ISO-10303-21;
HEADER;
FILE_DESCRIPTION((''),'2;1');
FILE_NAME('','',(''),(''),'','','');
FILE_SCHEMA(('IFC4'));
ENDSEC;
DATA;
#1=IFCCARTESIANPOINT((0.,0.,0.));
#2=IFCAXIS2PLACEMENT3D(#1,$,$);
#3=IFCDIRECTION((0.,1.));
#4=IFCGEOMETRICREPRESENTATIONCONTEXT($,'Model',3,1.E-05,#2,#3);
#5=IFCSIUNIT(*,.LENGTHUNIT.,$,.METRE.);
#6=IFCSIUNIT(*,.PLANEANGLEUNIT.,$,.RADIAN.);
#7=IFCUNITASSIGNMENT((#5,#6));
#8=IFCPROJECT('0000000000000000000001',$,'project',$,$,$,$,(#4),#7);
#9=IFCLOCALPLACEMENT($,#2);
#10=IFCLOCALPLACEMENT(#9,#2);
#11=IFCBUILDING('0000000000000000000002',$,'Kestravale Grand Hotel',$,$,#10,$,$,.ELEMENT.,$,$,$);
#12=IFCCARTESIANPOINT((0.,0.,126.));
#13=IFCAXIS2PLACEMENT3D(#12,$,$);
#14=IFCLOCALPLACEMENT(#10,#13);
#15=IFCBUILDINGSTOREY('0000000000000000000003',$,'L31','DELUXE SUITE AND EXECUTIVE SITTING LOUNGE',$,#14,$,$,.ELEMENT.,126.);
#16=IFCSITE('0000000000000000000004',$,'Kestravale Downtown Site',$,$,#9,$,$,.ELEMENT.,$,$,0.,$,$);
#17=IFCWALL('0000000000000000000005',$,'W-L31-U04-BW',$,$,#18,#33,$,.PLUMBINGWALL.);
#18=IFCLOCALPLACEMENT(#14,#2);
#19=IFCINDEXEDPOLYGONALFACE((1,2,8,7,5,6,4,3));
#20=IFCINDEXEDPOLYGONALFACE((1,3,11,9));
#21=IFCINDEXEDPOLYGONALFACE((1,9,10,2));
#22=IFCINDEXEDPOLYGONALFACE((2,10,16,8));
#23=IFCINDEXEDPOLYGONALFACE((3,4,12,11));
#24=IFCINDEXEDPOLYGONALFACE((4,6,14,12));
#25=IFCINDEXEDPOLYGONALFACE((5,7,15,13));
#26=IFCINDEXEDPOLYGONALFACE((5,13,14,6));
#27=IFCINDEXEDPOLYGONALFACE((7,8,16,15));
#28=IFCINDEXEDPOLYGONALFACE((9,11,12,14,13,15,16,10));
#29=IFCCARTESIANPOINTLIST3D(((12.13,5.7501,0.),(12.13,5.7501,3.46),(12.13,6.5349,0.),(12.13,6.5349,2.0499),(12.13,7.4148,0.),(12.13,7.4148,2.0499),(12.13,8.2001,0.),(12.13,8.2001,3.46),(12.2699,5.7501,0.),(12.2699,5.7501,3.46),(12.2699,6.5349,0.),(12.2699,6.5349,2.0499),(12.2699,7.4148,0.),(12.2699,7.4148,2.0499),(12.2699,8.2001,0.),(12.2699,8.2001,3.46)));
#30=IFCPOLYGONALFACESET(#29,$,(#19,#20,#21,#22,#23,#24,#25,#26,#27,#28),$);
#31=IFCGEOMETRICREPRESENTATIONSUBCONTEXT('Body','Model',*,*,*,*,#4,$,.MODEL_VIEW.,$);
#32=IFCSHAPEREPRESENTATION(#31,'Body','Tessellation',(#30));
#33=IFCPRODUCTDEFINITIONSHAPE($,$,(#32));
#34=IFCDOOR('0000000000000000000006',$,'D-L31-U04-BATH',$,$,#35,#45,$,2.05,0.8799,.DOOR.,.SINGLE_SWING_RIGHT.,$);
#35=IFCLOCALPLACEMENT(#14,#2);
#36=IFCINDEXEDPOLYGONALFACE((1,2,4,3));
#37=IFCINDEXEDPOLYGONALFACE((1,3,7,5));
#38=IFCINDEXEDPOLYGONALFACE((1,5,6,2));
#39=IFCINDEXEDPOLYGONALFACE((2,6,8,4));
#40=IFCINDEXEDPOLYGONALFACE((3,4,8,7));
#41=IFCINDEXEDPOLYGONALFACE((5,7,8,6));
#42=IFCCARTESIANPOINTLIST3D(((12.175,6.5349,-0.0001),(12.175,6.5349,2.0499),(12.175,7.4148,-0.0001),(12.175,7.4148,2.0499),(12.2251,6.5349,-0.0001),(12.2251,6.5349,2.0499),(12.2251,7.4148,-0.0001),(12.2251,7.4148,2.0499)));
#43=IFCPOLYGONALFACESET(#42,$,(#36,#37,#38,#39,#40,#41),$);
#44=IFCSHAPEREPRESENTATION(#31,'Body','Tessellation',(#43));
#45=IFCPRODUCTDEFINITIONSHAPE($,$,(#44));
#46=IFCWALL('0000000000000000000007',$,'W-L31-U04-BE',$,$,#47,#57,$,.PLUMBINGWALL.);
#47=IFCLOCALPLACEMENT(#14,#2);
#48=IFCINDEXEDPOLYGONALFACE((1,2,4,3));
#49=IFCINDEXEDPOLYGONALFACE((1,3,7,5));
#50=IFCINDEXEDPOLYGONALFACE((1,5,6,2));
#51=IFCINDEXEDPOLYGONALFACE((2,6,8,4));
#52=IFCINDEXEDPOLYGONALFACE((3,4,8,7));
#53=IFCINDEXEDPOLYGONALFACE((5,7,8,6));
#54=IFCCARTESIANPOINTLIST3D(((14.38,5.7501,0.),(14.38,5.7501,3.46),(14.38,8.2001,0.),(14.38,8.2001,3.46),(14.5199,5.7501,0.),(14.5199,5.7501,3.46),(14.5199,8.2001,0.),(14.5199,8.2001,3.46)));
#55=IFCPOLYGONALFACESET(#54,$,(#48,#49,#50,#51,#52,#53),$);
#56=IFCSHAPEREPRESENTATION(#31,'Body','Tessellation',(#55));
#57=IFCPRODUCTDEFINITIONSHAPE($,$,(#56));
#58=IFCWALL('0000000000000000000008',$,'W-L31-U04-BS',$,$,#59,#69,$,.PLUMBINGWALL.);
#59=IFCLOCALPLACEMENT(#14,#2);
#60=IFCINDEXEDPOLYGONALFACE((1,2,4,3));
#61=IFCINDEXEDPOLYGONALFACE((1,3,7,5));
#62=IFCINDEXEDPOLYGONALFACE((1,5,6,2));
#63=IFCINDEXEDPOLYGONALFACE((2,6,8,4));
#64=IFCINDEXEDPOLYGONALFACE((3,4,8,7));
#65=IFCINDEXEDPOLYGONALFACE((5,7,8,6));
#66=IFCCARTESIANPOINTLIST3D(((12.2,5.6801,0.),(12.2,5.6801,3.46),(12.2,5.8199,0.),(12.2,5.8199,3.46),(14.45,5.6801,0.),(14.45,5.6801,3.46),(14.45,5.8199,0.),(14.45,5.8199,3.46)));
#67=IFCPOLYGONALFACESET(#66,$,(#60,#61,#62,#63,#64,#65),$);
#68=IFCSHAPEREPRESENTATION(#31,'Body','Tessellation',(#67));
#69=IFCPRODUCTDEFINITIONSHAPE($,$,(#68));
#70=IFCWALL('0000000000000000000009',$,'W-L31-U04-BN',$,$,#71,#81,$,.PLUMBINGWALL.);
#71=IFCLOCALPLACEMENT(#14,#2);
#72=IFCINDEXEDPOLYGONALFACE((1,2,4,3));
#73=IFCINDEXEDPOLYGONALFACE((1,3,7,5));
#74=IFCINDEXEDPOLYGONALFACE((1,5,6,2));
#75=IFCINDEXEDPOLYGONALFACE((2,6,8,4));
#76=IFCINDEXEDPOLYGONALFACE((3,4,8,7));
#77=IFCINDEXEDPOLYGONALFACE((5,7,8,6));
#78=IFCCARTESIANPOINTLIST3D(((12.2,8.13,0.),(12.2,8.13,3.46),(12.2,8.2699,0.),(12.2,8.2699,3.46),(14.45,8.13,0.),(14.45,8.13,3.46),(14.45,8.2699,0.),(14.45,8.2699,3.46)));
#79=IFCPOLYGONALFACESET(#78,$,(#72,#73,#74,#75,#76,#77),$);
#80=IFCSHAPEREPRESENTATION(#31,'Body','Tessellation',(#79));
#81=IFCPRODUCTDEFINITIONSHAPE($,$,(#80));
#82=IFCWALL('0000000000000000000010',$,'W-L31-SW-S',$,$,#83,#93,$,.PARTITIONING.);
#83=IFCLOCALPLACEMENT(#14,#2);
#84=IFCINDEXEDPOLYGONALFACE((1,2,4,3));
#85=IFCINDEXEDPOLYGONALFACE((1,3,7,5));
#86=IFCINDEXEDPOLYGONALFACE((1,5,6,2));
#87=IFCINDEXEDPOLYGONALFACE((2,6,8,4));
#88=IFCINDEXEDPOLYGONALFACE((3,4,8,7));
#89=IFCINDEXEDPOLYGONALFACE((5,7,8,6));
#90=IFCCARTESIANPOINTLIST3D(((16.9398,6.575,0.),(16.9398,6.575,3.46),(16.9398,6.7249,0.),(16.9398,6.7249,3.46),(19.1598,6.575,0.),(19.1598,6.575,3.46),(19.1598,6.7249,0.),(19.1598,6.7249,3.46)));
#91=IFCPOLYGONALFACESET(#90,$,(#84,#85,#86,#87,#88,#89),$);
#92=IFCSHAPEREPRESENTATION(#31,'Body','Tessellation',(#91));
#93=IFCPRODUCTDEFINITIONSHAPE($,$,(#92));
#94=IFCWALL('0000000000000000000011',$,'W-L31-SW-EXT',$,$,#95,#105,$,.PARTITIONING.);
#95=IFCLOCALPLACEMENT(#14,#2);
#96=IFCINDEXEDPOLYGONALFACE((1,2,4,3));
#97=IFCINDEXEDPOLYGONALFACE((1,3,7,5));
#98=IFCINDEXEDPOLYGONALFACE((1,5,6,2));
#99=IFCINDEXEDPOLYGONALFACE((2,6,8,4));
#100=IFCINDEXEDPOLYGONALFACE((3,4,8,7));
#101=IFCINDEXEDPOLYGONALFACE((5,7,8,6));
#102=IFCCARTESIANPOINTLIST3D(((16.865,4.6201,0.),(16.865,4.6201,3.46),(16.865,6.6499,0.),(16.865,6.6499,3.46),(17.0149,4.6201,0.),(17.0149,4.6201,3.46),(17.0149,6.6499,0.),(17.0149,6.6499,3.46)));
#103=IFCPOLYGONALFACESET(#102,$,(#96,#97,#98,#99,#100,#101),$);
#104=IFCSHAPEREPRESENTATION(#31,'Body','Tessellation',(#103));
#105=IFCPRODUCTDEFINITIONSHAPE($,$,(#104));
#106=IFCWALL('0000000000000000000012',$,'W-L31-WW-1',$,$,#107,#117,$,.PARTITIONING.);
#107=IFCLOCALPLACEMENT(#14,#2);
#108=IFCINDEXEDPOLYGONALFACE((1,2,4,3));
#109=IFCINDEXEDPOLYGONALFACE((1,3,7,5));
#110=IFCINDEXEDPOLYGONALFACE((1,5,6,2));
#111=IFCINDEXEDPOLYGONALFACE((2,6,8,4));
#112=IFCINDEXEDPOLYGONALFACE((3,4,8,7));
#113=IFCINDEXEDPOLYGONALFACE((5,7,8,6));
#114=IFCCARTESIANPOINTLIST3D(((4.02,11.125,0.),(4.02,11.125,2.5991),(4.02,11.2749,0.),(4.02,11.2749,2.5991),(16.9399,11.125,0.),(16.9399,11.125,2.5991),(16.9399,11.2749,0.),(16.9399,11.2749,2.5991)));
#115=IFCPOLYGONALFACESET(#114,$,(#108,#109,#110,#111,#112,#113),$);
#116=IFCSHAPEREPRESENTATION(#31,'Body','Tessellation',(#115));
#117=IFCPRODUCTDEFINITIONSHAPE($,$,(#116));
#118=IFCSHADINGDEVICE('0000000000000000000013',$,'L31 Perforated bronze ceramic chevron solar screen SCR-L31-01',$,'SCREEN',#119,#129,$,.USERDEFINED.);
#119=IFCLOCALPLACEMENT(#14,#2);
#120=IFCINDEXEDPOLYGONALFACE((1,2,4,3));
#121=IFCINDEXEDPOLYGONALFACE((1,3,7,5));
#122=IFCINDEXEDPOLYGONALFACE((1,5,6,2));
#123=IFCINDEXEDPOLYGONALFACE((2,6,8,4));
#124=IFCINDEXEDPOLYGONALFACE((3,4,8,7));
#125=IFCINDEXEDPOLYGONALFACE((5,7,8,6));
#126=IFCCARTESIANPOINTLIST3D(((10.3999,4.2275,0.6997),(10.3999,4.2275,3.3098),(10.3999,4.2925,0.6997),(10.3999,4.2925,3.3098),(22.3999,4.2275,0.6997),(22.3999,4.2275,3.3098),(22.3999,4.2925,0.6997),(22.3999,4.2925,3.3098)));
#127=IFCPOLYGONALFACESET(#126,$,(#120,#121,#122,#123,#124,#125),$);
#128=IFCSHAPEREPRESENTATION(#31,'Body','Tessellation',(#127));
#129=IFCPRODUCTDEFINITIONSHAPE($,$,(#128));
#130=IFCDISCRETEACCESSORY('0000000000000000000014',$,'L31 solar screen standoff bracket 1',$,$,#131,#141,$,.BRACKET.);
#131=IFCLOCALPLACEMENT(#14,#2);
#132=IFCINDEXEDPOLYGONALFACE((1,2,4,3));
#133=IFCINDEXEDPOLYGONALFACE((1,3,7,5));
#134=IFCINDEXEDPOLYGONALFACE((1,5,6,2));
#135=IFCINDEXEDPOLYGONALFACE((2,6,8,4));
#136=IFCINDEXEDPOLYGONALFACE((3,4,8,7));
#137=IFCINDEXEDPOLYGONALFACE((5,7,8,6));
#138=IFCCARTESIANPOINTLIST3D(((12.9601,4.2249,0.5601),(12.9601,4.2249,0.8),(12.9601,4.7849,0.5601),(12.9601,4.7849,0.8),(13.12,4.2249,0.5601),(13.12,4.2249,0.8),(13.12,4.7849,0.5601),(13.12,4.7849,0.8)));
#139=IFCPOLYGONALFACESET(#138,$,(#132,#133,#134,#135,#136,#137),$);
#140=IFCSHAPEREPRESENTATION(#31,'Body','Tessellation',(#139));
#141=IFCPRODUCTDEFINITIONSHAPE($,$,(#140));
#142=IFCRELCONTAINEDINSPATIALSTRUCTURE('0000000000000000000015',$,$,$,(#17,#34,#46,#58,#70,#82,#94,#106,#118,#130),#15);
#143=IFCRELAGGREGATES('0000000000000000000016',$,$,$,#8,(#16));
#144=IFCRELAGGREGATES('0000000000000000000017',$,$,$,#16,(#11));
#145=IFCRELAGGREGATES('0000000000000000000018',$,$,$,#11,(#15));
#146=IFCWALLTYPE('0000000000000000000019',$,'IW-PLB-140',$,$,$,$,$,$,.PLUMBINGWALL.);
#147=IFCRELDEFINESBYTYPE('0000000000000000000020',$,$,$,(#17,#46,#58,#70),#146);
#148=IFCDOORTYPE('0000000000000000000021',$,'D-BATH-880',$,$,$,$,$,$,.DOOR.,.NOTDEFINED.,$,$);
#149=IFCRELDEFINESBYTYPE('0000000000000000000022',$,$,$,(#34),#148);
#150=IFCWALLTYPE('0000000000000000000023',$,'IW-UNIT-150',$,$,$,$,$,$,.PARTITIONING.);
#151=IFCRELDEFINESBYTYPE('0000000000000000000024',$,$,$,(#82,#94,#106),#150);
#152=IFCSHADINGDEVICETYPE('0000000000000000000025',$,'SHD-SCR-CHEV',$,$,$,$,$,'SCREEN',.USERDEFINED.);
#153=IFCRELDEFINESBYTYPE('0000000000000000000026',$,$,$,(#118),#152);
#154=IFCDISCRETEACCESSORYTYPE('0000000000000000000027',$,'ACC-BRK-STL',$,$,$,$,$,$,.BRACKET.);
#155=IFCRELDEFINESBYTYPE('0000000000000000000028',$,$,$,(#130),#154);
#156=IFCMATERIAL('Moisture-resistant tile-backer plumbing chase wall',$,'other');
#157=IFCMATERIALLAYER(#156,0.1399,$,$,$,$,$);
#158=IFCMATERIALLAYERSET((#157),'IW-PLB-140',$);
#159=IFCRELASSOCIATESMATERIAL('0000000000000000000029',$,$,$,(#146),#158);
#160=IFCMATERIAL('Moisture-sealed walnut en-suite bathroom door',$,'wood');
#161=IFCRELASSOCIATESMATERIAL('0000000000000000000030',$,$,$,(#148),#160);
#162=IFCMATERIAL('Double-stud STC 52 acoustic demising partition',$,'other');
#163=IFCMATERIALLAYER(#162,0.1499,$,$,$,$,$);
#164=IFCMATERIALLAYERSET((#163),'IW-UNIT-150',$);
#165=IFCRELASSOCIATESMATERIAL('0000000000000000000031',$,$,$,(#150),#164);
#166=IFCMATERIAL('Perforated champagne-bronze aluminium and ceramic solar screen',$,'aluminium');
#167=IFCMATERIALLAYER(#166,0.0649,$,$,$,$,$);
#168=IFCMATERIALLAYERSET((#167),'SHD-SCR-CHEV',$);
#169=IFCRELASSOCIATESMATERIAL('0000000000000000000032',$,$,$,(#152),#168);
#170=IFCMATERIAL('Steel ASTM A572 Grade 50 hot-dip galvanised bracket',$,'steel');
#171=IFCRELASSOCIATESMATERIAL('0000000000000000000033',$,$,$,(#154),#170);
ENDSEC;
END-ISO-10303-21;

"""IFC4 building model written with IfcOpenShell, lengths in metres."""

from ifc_helpers import new_model, si_unit, direction, frame, frame_2d, origin, origin_2d, place, context, subcontext, project, spatial, rectangle, extrude, material, layer, layer_set, type_object, element, fill, save


model = new_model("IFC4")

# Units and contexts
model_context = context("Model", 3, precision=1e-05, world=origin(), true_north=direction((0.0, 1.0)))
body_context = subcontext(model_context, "Body", "Model", "MODEL_VIEW")
ifc_project = project(units=[si_unit("LENGTHUNIT", "METRE"), si_unit("PLANEANGLEUNIT", "RADIAN")], contexts=[model_context])

# Site, building, storey
site_placement = place(None, origin())
site = spatial("IfcSite", under=ifc_project, at=site_placement, Name="Kestravale Downtown Site", CompositionType="ELEMENT", RefElevation=0.0)
building_placement = place(site_placement, origin())
building = spatial("IfcBuilding", under=site, at=building_placement, Name="Kestravale Grand Hotel", CompositionType="ELEMENT")
storey_placement = place(building_placement, frame((0.0, 0.0, 126.0)))
storey = spatial("IfcBuildingStorey", under=building, at=storey_placement, Name="L31", Description="DELUXE SUITE AND EXECUTIVE SITTING LOUNGE", CompositionType="ELEMENT", Elevation=126.0)

# Wall, opening, door
ifc_material_1 = material(Name="Moisture-resistant tile-backer plumbing chase wall", Category="other")
ifc_layer_1 = layer(ifc_material_1, 0.1399)
ifc_layer_set_1 = layer_set([ifc_layer_1], Name="IW-PLB-140")
wall_type_1 = type_object("IfcWallType", Name="IW-PLB-140", PredefinedType="PLUMBINGWALL", material=ifc_layer_set_1)
wall_1_placement = place(storey_placement, frame((12.2, 5.75, 0.0), z_axis=(0.0, 0.0, 1.0), x_axis=(0.0, 1.0, 0.0)))
wall_1 = element("IfcWall", 1, at=wall_1_placement, inside=storey, type_object=wall_type_1, Name="W-L31-U04-BW", PredefinedType="PLUMBINGWALL", context=body_context, shape_type="SweptSolid", body=[
    extrude(rectangle(XDim=2.45, YDim=0.1399, at=frame_2d((1.2251, 0.0))), origin(), (0.0, 0.0, 1.0), 3.46),
])
opening_1_placement = place(wall_1_placement, frame((0.7849, 0.0, 0.0)))
opening_1 = element("IfcOpeningElement", 2, at=opening_1_placement, cuts=wall_1, PredefinedType="OPENING", context=body_context, shape_type="SweptSolid", body=[
    extrude(rectangle(XDim=0.8799, YDim=2.05, at=frame_2d((0.4399, 1.0249))), frame((0.0, 0.0798, 0.0), z_axis=(0.0, -1.0, 0.0), x_axis=(1.0, 0.0, 0.0)), (0.0, 0.0, 1.0), 0.1599),
])
ifc_material_2 = material(Name="Moisture-sealed walnut en-suite bathroom door", Category="wood")
door_type_1 = type_object("IfcDoorType", Name="D-BATH-880", OperationType="NOTDEFINED", PredefinedType="DOOR", material=ifc_material_2)
door_1_placement = place(opening_1_placement, origin())
door_1 = element("IfcDoor", 3, at=door_1_placement, inside=storey, type_object=door_type_1, Name="D-L31-U04-BATH", OperationType="SINGLE_SWING_RIGHT", OverallHeight=2.05, OverallWidth=0.8799, PredefinedType="DOOR", context=body_context, shape_type="SweptSolid", body=[
    extrude(rectangle(XDim=0.8799, YDim=2.05, at=frame_2d((0.4399, 1.0249))), frame((0.0, 0.0249, 0.0), z_axis=(0.0, -1.0, 0.0), x_axis=(1.0, 0.0, 0.0)), (0.0, 0.0, 1.0), 0.05),
])
fill(opening_1, door_1)

# Walls
wall_2_placement = place(storey_placement, frame((14.45, 5.75, 0.0), z_axis=(0.0, 0.0, 1.0), x_axis=(0.0, 1.0, 0.0)))
element("IfcWall", 4, at=wall_2_placement, inside=storey, type_object=wall_type_1, Name="W-L31-U04-BE", PredefinedType="PLUMBINGWALL", context=body_context, shape_type="SweptSolid", body=[
    extrude(rectangle(XDim=2.45, YDim=0.1399, at=frame_2d((1.2251, 0.0))), origin(), (0.0, 0.0, 1.0), 3.46),
])
for number, where, z_axis, x_axis, name in (
    (5, (12.2, 5.75, 0.0), (0.0, 0.0, 1.0), (1.0, 0.0, 0.0), "W-L31-U04-BS"),
    (6, (12.2, 8.2, 0.0), (0.0, 0.0, 1.0), (1.0, 0.0, 0.0), "W-L31-U04-BN"),
):
    element("IfcWall", number, at=place(storey_placement, frame(where, z_axis=z_axis, x_axis=x_axis)), inside=storey, type_object=wall_type_1, Name=name, PredefinedType="PLUMBINGWALL", context=body_context, shape_type="SweptSolid", body=[
        extrude(rectangle(XDim=2.25, YDim=0.1399, at=frame_2d((1.125, 0.0))), origin(), (0.0, 0.0, 1.0), 3.46),
    ])
ifc_material_3 = material(Name="Double-stud STC 52 acoustic demising partition", Category="other")
ifc_layer_2 = layer(ifc_material_3, 0.1499)
ifc_layer_set_2 = layer_set([ifc_layer_2], Name="IW-UNIT-150")
wall_type_2 = type_object("IfcWallType", Name="IW-UNIT-150", PredefinedType="PARTITIONING", material=ifc_layer_set_2)
wall_3_placement = place(storey_placement, frame((16.9399, 6.6499, 0.0), z_axis=(0.0, 0.0, 1.0), x_axis=(1.0, 0.0, 0.0)))
element("IfcWall", 7, at=wall_3_placement, inside=storey, type_object=wall_type_2, Name="W-L31-SW-S", PredefinedType="PARTITIONING", context=body_context, shape_type="SweptSolid", body=[
    extrude(rectangle(XDim=2.22, YDim=0.1499, at=frame_2d((1.1099, 0.0))), origin(), (0.0, 0.0, 1.0), 3.46),
])
wall_4_placement = place(storey_placement, frame((16.9399, 4.6201, 0.0), z_axis=(0.0, 0.0, 1.0), x_axis=(0.0, 1.0, 0.0)))
element("IfcWall", 8, at=wall_4_placement, inside=storey, type_object=wall_type_2, Name="W-L31-SW-EXT", PredefinedType="PARTITIONING", context=body_context, shape_type="SweptSolid", body=[
    extrude(rectangle(XDim=2.0298, YDim=0.1499, at=frame_2d((1.0149, 0.0))), origin(), (0.0, 0.0, 1.0), 3.46),
])
wall_5_placement = place(storey_placement, frame((4.02, 11.2, 0.0), z_axis=(0.0, 0.0, 1.0), x_axis=(1.0, 0.0, 0.0)))
element("IfcWall", 9, at=wall_5_placement, inside=storey, type_object=wall_type_2, Name="W-L31-WW-1", PredefinedType="PARTITIONING", context=body_context, shape_type="SweptSolid", body=[
    extrude(rectangle(XDim=12.9199, YDim=0.1499, at=frame_2d((6.46, 0.0))), origin(), (0.0, 0.0, 1.0), 2.5991),
])

# Shading device
ifc_material_4 = material(Name="Perforated champagne-bronze aluminium and ceramic solar screen", Category="aluminium")
ifc_layer_3 = layer(ifc_material_4, 0.0649)
ifc_layer_set_3 = layer_set([ifc_layer_3], Name="SHD-SCR-CHEV")
shading_device_type = type_object("IfcShadingDeviceType", Name="SHD-SCR-CHEV", ElementType="SCREEN", PredefinedType="USERDEFINED", material=ifc_layer_set_3)
shading_device_placement = place(storey_placement, frame((16.3999, 4.26, 0.6997), z_axis=(0.0, 0.0, 1.0), x_axis=(1.0, 0.0, 0.0)))
element("IfcShadingDevice", 10, at=shading_device_placement, inside=storey, type_object=shading_device_type, Name="L31 Perforated bronze ceramic chevron solar screen SCR-L31-01", ObjectType="SCREEN", PredefinedType="USERDEFINED", context=body_context, shape_type="SweptSolid", body=[
    extrude(rectangle(XDim=12.0, YDim=0.0649, at=origin_2d()), origin(), (0.0, 0.0, 1.0), 2.6101),
])

# Discrete accessory
ifc_material_5 = material(Name="Steel ASTM A572 Grade 50 hot-dip galvanised bracket", Category="steel")
discrete_accessory_type = type_object("IfcDiscreteAccessoryType", Name="ACC-BRK-STL", PredefinedType="BRACKET", material=ifc_material_5)
discrete_accessory_placement = place(storey_placement, frame((13.04, 4.5049, 0.5601), z_axis=(0.0, 0.0, 1.0), x_axis=(1.0, 0.0, 0.0)))
element("IfcDiscreteAccessory", 11, at=discrete_accessory_placement, inside=storey, type_object=discrete_accessory_type, Name="L31 solar screen standoff bracket 1", PredefinedType="BRACKET", context=body_context, shape_type="SweptSolid", body=[
    extrude(rectangle(XDim=0.1599, YDim=0.5601, at=origin_2d()), origin(), (0.0, 0.0, 1.0), 0.24),
])

save(model, "model.ifc")
